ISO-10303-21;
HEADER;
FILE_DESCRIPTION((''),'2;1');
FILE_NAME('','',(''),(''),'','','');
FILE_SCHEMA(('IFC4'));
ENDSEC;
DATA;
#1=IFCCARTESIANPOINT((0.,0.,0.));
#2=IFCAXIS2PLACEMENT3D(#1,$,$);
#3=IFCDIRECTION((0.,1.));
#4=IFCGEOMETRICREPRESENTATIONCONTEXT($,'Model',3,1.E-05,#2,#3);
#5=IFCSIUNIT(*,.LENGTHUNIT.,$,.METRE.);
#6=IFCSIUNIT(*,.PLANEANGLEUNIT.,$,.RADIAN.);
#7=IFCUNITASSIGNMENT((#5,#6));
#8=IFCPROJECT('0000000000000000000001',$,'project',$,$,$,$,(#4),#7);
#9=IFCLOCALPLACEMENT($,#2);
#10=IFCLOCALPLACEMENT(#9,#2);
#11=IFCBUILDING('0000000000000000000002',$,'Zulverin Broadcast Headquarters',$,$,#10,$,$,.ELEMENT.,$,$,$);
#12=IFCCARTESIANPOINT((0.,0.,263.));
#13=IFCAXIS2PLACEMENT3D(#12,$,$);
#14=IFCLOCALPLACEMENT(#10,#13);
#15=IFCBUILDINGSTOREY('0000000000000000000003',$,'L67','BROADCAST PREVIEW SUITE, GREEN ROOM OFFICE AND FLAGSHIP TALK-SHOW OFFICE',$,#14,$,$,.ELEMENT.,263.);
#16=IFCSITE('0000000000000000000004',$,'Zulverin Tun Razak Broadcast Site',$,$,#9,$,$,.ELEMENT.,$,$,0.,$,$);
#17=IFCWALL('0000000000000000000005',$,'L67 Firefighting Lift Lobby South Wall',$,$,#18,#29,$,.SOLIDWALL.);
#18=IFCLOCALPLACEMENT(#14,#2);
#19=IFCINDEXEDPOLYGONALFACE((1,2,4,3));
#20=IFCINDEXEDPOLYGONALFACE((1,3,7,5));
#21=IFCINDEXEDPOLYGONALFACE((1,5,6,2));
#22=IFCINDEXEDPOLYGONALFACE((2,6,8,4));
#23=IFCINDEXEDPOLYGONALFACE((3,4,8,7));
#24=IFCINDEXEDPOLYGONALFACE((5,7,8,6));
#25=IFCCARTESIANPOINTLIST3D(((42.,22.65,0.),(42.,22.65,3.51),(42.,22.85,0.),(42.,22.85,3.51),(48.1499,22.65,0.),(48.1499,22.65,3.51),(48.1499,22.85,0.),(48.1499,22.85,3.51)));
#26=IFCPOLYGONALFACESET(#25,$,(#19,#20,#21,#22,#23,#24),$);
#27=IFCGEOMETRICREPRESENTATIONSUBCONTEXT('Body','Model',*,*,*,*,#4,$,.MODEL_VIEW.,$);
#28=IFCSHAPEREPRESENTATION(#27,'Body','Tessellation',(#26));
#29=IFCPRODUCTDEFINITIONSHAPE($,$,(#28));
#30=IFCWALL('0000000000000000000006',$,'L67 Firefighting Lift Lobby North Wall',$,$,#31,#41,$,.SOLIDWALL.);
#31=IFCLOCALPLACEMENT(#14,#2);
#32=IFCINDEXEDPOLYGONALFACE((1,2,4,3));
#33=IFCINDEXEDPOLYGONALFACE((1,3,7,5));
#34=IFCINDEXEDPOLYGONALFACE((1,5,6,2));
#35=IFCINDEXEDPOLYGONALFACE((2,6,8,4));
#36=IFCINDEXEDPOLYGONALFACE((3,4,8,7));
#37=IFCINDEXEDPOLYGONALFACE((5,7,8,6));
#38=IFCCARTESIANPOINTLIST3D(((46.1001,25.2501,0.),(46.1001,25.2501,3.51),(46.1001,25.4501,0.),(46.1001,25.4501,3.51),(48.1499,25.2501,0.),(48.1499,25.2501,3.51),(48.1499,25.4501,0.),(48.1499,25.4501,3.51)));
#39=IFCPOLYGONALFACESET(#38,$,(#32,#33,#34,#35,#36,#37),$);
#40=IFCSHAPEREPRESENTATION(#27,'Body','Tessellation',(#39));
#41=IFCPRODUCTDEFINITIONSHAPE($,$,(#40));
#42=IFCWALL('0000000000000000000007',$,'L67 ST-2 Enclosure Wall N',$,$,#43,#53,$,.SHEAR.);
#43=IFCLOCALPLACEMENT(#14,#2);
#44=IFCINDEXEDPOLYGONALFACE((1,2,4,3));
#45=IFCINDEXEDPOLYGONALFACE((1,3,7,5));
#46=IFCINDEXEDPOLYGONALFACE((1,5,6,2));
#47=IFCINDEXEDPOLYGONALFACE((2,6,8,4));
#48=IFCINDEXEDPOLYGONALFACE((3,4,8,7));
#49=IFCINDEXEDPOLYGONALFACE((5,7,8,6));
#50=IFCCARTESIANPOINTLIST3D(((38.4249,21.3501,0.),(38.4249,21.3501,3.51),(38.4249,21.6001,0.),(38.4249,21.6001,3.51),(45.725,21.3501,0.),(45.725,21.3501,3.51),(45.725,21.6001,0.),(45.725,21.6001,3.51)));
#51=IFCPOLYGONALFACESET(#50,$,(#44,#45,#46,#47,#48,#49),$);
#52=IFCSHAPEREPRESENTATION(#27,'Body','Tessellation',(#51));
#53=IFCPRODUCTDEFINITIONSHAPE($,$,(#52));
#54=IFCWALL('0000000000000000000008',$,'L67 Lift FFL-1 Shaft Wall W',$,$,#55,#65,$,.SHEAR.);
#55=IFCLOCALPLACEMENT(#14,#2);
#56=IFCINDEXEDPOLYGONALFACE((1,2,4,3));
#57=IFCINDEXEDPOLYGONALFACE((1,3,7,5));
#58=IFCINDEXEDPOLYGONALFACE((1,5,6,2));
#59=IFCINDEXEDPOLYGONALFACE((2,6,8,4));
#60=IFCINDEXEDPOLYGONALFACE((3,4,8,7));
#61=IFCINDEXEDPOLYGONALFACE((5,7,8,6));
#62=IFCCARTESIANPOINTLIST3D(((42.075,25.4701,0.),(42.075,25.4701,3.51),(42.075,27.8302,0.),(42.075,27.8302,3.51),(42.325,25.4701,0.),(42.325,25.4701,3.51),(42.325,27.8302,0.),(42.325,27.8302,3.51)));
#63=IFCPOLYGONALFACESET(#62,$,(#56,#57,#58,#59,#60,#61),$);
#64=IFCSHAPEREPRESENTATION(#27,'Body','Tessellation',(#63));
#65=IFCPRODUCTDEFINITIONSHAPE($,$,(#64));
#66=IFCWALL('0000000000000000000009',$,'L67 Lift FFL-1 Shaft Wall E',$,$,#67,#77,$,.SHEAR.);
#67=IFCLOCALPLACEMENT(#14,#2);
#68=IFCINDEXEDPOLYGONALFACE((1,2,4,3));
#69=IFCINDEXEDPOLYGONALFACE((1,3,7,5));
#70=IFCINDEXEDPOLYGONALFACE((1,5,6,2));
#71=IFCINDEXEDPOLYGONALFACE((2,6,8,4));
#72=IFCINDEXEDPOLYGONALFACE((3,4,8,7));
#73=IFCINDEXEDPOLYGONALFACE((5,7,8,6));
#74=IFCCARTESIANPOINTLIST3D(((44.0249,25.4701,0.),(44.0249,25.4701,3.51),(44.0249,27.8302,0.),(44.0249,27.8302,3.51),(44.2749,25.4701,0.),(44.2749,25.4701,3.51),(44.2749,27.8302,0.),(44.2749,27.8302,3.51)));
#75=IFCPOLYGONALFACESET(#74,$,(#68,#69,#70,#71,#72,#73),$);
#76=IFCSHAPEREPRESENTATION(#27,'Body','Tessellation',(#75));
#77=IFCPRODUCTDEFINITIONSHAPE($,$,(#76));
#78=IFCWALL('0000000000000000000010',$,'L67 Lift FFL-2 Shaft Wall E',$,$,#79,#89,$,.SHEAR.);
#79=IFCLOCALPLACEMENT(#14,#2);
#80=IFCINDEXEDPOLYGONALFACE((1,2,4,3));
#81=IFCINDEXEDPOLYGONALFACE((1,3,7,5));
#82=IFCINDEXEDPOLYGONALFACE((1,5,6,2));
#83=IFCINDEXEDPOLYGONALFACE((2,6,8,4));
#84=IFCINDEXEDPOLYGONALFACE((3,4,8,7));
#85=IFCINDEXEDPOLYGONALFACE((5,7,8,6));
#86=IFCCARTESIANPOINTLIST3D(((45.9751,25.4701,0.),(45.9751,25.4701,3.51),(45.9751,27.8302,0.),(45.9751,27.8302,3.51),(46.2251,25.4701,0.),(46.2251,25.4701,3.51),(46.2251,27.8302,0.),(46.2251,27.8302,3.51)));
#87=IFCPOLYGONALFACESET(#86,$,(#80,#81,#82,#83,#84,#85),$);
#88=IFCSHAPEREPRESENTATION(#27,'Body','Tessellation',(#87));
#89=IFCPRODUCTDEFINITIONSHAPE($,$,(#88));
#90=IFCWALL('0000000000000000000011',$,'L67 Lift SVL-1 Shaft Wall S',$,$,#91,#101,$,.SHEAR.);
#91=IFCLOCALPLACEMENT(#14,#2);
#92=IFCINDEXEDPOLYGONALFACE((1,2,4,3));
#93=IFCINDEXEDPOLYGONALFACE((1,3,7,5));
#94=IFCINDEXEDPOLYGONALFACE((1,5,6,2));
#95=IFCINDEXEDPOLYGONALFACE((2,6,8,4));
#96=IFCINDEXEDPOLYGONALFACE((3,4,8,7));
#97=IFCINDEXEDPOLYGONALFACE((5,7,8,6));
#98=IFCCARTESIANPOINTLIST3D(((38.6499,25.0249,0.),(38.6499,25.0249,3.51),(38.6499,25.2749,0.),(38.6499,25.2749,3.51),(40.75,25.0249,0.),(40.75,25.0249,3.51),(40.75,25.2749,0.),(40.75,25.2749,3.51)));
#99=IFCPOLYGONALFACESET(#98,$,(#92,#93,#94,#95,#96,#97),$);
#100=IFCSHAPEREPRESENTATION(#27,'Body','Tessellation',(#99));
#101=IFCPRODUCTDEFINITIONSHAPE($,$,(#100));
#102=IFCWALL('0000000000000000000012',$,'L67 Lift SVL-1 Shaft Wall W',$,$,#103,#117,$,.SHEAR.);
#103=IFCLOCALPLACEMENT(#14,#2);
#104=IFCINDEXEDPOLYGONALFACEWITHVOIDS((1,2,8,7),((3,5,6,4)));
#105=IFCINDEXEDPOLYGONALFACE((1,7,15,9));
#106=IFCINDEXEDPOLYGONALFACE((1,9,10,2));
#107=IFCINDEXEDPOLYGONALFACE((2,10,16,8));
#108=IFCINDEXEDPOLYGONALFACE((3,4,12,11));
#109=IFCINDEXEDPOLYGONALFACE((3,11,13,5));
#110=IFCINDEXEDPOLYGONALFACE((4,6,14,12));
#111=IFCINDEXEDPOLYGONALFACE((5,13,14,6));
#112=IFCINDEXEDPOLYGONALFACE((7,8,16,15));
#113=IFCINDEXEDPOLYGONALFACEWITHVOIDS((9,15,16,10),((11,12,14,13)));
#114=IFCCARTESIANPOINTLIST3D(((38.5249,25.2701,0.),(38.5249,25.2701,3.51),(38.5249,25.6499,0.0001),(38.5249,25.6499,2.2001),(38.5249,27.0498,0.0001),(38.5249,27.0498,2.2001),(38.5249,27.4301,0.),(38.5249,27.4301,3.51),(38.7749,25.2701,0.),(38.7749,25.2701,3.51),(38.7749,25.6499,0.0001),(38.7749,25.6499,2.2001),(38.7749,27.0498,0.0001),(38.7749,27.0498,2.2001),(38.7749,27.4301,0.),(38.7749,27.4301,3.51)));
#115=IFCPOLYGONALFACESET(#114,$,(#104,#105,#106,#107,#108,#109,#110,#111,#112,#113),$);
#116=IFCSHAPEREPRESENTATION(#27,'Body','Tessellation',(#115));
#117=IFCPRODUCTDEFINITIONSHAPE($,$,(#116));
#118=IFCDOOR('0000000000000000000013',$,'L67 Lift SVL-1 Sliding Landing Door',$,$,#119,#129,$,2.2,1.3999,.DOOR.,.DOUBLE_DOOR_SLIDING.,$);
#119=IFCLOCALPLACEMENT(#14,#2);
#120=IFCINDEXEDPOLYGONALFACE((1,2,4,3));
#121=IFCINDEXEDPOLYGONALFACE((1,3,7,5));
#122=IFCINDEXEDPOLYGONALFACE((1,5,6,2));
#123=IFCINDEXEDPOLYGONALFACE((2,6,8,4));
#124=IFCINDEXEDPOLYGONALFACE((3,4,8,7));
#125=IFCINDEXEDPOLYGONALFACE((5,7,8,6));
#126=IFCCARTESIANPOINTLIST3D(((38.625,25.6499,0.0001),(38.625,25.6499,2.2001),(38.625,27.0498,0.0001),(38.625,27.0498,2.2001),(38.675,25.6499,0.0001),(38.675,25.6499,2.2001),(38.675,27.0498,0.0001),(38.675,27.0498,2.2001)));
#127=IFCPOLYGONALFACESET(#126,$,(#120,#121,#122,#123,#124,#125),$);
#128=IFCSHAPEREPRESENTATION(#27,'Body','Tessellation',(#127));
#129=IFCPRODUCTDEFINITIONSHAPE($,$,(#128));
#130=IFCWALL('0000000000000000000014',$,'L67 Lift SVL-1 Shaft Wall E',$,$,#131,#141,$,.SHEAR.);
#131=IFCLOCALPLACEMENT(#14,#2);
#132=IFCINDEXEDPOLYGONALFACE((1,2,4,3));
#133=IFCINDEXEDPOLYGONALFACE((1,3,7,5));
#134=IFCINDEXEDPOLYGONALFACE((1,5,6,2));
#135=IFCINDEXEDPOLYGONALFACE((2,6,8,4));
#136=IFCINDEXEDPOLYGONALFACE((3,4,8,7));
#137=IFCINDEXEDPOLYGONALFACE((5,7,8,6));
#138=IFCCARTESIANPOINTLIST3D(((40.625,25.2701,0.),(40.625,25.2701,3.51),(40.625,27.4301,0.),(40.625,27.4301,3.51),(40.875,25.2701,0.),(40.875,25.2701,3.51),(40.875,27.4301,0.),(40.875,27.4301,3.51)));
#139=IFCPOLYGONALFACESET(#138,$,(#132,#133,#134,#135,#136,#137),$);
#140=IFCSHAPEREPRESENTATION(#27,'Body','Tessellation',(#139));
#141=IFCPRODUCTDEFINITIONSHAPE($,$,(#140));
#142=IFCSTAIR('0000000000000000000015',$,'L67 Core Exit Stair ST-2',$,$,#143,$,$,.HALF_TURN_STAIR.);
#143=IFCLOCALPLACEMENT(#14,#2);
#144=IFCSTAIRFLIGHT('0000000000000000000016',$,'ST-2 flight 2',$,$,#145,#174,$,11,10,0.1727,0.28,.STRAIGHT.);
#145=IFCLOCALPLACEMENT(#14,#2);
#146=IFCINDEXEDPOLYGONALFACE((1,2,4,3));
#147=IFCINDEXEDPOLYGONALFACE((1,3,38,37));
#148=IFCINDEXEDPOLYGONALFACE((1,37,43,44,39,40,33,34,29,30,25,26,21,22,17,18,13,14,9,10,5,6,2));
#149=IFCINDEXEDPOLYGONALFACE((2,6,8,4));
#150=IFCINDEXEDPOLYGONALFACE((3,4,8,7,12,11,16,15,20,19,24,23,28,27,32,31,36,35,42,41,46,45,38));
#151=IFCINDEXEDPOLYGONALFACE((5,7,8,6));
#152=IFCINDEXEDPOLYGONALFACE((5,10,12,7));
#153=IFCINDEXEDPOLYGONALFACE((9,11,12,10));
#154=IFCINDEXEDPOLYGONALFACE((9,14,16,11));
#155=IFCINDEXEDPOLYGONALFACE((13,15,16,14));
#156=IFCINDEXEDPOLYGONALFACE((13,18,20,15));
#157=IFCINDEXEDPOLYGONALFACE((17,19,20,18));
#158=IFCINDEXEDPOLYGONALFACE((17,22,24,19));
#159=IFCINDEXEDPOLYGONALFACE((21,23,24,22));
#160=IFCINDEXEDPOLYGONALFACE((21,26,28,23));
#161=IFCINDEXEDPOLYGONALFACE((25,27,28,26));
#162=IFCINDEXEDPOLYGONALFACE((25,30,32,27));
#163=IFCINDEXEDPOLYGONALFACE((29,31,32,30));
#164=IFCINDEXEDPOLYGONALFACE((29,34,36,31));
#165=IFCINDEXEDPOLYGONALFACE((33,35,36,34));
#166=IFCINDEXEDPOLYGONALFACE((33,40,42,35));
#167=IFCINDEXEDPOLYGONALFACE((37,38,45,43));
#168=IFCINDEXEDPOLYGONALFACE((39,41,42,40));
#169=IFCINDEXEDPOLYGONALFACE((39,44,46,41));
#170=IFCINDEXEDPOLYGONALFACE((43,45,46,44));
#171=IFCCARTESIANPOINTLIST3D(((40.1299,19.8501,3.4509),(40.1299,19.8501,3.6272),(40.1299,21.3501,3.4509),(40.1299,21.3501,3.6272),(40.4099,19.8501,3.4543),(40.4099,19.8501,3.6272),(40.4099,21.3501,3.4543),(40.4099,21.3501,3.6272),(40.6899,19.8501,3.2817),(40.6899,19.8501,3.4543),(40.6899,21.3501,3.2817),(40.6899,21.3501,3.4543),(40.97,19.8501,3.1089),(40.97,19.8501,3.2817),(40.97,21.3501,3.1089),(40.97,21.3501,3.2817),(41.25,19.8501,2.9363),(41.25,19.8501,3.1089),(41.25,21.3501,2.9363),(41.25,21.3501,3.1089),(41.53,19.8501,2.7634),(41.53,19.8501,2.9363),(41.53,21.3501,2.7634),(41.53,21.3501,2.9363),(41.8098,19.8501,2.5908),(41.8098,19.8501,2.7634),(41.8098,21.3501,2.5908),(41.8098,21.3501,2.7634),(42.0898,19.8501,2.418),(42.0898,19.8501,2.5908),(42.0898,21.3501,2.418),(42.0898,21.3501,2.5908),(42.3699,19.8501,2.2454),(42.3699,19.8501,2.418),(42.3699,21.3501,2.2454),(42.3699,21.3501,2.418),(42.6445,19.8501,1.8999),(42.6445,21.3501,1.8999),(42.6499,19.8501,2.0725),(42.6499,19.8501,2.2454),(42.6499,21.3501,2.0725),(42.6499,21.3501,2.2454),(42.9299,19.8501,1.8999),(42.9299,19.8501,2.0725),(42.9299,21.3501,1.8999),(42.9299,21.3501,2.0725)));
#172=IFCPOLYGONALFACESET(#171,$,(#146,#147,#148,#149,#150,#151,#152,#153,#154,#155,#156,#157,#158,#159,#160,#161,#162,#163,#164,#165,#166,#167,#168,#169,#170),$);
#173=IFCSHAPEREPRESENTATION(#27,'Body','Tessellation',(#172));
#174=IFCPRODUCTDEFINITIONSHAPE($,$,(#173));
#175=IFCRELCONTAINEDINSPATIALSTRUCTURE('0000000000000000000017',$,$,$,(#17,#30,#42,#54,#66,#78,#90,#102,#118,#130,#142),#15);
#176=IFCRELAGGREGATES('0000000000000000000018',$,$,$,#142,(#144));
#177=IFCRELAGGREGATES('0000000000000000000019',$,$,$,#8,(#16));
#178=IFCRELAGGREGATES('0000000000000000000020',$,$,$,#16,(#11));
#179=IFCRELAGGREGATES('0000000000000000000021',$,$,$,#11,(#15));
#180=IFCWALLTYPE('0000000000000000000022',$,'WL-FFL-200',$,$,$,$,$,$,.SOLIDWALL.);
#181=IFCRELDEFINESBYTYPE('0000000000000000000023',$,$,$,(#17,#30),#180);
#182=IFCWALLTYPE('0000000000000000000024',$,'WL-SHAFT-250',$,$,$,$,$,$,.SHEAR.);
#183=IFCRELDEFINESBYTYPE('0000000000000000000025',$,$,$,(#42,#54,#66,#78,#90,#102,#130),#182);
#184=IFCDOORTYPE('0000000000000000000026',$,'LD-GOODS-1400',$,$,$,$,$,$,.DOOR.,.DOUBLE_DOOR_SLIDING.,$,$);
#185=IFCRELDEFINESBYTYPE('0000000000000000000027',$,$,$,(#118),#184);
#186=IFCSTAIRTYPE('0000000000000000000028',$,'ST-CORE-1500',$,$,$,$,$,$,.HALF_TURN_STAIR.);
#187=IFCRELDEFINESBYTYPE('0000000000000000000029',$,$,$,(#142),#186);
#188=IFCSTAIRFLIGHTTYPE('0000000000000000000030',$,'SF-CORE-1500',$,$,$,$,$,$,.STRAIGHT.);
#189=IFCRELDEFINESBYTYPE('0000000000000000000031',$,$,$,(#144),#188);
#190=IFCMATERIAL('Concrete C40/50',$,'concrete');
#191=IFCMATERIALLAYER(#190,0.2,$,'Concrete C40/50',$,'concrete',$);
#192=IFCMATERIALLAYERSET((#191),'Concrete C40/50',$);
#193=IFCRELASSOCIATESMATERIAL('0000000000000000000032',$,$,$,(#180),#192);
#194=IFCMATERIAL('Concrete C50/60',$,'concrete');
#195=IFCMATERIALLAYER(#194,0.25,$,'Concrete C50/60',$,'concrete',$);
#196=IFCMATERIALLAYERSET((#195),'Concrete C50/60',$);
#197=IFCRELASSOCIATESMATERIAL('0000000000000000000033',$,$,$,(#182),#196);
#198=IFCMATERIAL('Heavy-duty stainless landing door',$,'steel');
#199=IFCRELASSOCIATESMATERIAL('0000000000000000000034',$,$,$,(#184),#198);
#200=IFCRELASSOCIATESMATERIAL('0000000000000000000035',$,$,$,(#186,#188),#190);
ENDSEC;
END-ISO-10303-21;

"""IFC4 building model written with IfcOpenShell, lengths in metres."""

from ifc_helpers import new_model, si_unit, direction, frame, frame_2d, origin, place, context, subcontext, project, spatial, polyline, rectangle, outline, extrude, material, layer, layer_set, type_object, element, fill, aggregate, save


model = new_model("IFC4")

# Units and contexts
model_context = context("Model", 3, precision=1e-05, world=origin(), true_north=direction((0.0, 1.0)))
body_context = subcontext(model_context, "Body", "Model", "MODEL_VIEW")
ifc_project = project(units=[si_unit("LENGTHUNIT", "METRE"), si_unit("PLANEANGLEUNIT", "RADIAN")], contexts=[model_context])

# Site, building, storey
site_placement = place(None, origin())
site = spatial("IfcSite", under=ifc_project, at=site_placement, Name="Zulverin Tun Razak Broadcast Site", CompositionType="ELEMENT", RefElevation=0.0)
building_placement = place(site_placement, origin())
building = spatial("IfcBuilding", under=site, at=building_placement, Name="Zulverin Broadcast Headquarters", CompositionType="ELEMENT")
storey_placement = place(building_placement, frame((0.0, 0.0, 263.0)))
storey = spatial("IfcBuildingStorey", under=building, at=storey_placement, Name="L67", Description="BROADCAST PREVIEW SUITE, GREEN ROOM OFFICE AND FLAGSHIP TALK-SHOW OFFICE", CompositionType="ELEMENT", Elevation=263.0)

# Shared definitions
ifc_material_1 = material(Name="Concrete C40/50", Category="concrete")
ifc_layer_1 = layer(ifc_material_1, 0.2, Name="Concrete C40/50", Category="concrete")
ifc_layer_set_1 = layer_set([ifc_layer_1], Name="Concrete C40/50")
wall_type_1 = type_object("IfcWallType", Name="WL-FFL-200", PredefinedType="SOLIDWALL", material=ifc_layer_set_1)

# Walls
wall_1_placement = place(storey_placement, frame((42.0, 22.75, 0.0), z_axis=(0.0, 0.0, 1.0), x_axis=(1.0, 0.0, 0.0)))
element("IfcWall", 1, at=wall_1_placement, inside=storey, type_object=wall_type_1, Name="L67 Firefighting Lift Lobby South Wall", PredefinedType="SOLIDWALL", context=body_context, shape_type="SweptSolid", body=[
    extrude(rectangle(XDim=6.1499, YDim=0.2, at=frame_2d((3.075, 0.0))), origin(), (0.0, 0.0, 1.0), 3.51),
])
wall_2_placement = place(storey_placement, frame((46.1001, 25.3501, 0.0), z_axis=(0.0, 0.0, 1.0), x_axis=(1.0, 0.0, 0.0)))
element("IfcWall", 2, at=wall_2_placement, inside=storey, type_object=wall_type_1, Name="L67 Firefighting Lift Lobby North Wall", PredefinedType="SOLIDWALL", context=body_context, shape_type="SweptSolid", body=[
    extrude(rectangle(XDim=2.0498, YDim=0.2, at=frame_2d((1.0249, 0.0))), origin(), (0.0, 0.0, 1.0), 3.51),
])
ifc_material_2 = material(Name="Concrete C50/60", Category="concrete")
ifc_layer_2 = layer(ifc_material_2, 0.25, Name="Concrete C50/60", Category="concrete")
ifc_layer_set_2 = layer_set([ifc_layer_2], Name="Concrete C50/60")
wall_type_2 = type_object("IfcWallType", Name="WL-SHAFT-250", PredefinedType="SHEAR", material=ifc_layer_set_2)
wall_3_placement = place(storey_placement, frame((38.425, 21.4751, 0.0), z_axis=(0.0, 0.0, 1.0), x_axis=(1.0, 0.0, 0.0)))
element("IfcWall", 3, at=wall_3_placement, inside=storey, type_object=wall_type_2, Name="L67 ST-2 Enclosure Wall N", PredefinedType="SHEAR", context=body_context, shape_type="SweptSolid", body=[
    extrude(rectangle(XDim=7.3, YDim=0.25, at=frame_2d((3.6499, 0.0))), origin(), (0.0, 0.0, 1.0), 3.51),
])

# Walls
for number, where, z_axis, x_axis, name in (
    (4, (42.2, 25.47, 0.0), (0.0, 0.0, 1.0), (0.0, 1.0, 0.0), "L67 Lift FFL-1 Shaft Wall W"),
    (5, (44.1499, 25.47, 0.0), (0.0, 0.0, 1.0), (0.0, 1.0, 0.0), "L67 Lift FFL-1 Shaft Wall E"),
):
    element("IfcWall", number, at=place(storey_placement, frame(where, z_axis=z_axis, x_axis=x_axis)), inside=storey, type_object=wall_type_2, Name=name, PredefinedType="SHEAR", context=body_context, shape_type="SweptSolid", body=[
        extrude(rectangle(XDim=2.3601, YDim=0.25, at=frame_2d((1.1802, 0.0))), origin(), (0.0, 0.0, 1.0), 3.51),
    ])

# Walls
wall_4_placement = place(storey_placement, frame((46.1001, 25.47, 0.0), z_axis=(0.0, 0.0, 1.0), x_axis=(0.0, 1.0, 0.0)))
element("IfcWall", 6, at=wall_4_placement, inside=storey, type_object=wall_type_2, Name="L67 Lift FFL-2 Shaft Wall E", PredefinedType="SHEAR", context=body_context, shape_type="SweptSolid", body=[
    extrude(rectangle(XDim=2.3601, YDim=0.25, at=frame_2d((1.1802, 0.0))), origin(), (0.0, 0.0, 1.0), 3.51),
])
wall_5_placement = place(storey_placement, frame((38.6499, 25.1499, 0.0), z_axis=(0.0, 0.0, 1.0), x_axis=(1.0, 0.0, 0.0)))
element("IfcWall", 7, at=wall_5_placement, inside=storey, type_object=wall_type_2, Name="L67 Lift SVL-1 Shaft Wall S", PredefinedType="SHEAR", context=body_context, shape_type="SweptSolid", body=[
    extrude(rectangle(XDim=2.1001, YDim=0.25, at=frame_2d((1.05, 0.0))), origin(), (0.0, 0.0, 1.0), 3.51),
])

# Wall, opening, door
wall_6_placement = place(storey_placement, frame((38.6499, 25.27, 0.0), z_axis=(0.0, 0.0, 1.0), x_axis=(0.0, 1.0, 0.0)))
wall_6 = element("IfcWall", 8, at=wall_6_placement, inside=storey, type_object=wall_type_2, Name="L67 Lift SVL-1 Shaft Wall W", PredefinedType="SHEAR", context=body_context, shape_type="SweptSolid", body=[
    extrude(rectangle(XDim=2.1599, YDim=0.25, at=frame_2d((1.0801, 0.0))), origin(), (0.0, 0.0, 1.0), 3.51),
])
opening_1_placement = place(wall_6_placement, frame((0.3799, 0.0, 0.0)))
opening_1 = element("IfcOpeningElement", 9, at=opening_1_placement, cuts=wall_6, PredefinedType="OPENING", context=body_context, shape_type="SweptSolid", body=[
    extrude(rectangle(XDim=1.3999, YDim=2.2, at=frame_2d((0.7, 1.1001))), frame((0.0, 0.135, 0.0), z_axis=(0.0, -1.0, 0.0), x_axis=(1.0, 0.0, 0.0)), (0.0, 0.0, 1.0), 0.27),
])
ifc_material_3 = material(Name="Heavy-duty stainless landing door", Category="steel")
door_type_1 = type_object("IfcDoorType", Name="LD-GOODS-1400", OperationType="DOUBLE_DOOR_SLIDING", PredefinedType="DOOR", material=ifc_material_3)
door_1_placement = place(opening_1_placement, origin())
door_1 = element("IfcDoor", 10, at=door_1_placement, inside=storey, type_object=door_type_1, Name="L67 Lift SVL-1 Sliding Landing Door", OperationType="DOUBLE_DOOR_SLIDING", OverallHeight=2.2, OverallWidth=1.3999, PredefinedType="DOOR", context=body_context, shape_type="SweptSolid", body=[
    extrude(rectangle(XDim=1.3999, YDim=2.2, at=frame_2d((0.7, 1.1001))), frame((0.0, 0.0249, 0.0), z_axis=(0.0, -1.0, 0.0), x_axis=(1.0, 0.0, 0.0)), (0.0, 0.0, 1.0), 0.05),
])
fill(opening_1, door_1)

# Wall
wall_7_placement = place(storey_placement, frame((40.75, 25.27, 0.0), z_axis=(0.0, 0.0, 1.0), x_axis=(0.0, 1.0, 0.0)))
element("IfcWall", 11, at=wall_7_placement, inside=storey, type_object=wall_type_2, Name="L67 Lift SVL-1 Shaft Wall E", PredefinedType="SHEAR", context=body_context, shape_type="SweptSolid", body=[
    extrude(rectangle(XDim=2.1599, YDim=0.25, at=frame_2d((1.0801, 0.0))), origin(), (0.0, 0.0, 1.0), 3.51),
])

# Stair, stair flight
stair_type = type_object("IfcStairType", Name="ST-CORE-1500", PredefinedType="HALF_TURN_STAIR", material=ifc_material_1)
stair_placement = place(storey_placement, origin())
stair = element("IfcStair", 12, at=stair_placement, inside=storey, type_object=stair_type, Name="L67 Core Exit Stair ST-2", PredefinedType="HALF_TURN_STAIR")
stair_flight_type = type_object("IfcStairFlightType", Name="SF-CORE-1500", PredefinedType="STRAIGHT", material=ifc_material_1)
stair_flight_placement = place(storey_placement, frame((42.9299, 20.6001, 1.8999), z_axis=(0.0, 0.0, 1.0), x_axis=(-1.0, 0.0, 0.0)))
stair_flight = element("IfcStairFlight", 13, at=stair_flight_placement, type_object=stair_flight_type, Name="ST-2 flight 2", NumberOfRisers=11, NumberOfTreads=10, PredefinedType="STRAIGHT", RiserHeight=0.1727, TreadLength=0.28, context=body_context, shape_type="SweptSolid", body=[
    extrude(outline(polyline([(0.0, 0.0), (0.0, 0.1726), (0.28, 0.1726), (0.28, 0.3455), (0.5601, 0.3455), (0.5601, 0.5181), (0.8401, 0.5181), (0.8401, 0.6909), (1.1201, 0.6909), (1.1201, 0.8635), (1.3999, 0.8635), (1.3999, 1.0364), (1.6799, 1.0364), (1.6799, 1.209), (1.96, 1.209), (1.96, 1.3818), (2.24, 1.3818), (2.24, 1.5544), (2.52, 1.5544), (2.52, 1.7273), (2.8, 1.7273), (2.8, 1.8999), (2.8, 1.551), (0.2854, 0.0), (0.0, 0.0)])), frame((0.0, 0.75, 0.0), z_axis=(0.0, -1.0, 0.0), x_axis=(1.0, 0.0, 0.0)), (0.0, 0.0, 1.0), 1.5),
])
aggregate(stair, [stair_flight])

save(model, "model.ifc")
